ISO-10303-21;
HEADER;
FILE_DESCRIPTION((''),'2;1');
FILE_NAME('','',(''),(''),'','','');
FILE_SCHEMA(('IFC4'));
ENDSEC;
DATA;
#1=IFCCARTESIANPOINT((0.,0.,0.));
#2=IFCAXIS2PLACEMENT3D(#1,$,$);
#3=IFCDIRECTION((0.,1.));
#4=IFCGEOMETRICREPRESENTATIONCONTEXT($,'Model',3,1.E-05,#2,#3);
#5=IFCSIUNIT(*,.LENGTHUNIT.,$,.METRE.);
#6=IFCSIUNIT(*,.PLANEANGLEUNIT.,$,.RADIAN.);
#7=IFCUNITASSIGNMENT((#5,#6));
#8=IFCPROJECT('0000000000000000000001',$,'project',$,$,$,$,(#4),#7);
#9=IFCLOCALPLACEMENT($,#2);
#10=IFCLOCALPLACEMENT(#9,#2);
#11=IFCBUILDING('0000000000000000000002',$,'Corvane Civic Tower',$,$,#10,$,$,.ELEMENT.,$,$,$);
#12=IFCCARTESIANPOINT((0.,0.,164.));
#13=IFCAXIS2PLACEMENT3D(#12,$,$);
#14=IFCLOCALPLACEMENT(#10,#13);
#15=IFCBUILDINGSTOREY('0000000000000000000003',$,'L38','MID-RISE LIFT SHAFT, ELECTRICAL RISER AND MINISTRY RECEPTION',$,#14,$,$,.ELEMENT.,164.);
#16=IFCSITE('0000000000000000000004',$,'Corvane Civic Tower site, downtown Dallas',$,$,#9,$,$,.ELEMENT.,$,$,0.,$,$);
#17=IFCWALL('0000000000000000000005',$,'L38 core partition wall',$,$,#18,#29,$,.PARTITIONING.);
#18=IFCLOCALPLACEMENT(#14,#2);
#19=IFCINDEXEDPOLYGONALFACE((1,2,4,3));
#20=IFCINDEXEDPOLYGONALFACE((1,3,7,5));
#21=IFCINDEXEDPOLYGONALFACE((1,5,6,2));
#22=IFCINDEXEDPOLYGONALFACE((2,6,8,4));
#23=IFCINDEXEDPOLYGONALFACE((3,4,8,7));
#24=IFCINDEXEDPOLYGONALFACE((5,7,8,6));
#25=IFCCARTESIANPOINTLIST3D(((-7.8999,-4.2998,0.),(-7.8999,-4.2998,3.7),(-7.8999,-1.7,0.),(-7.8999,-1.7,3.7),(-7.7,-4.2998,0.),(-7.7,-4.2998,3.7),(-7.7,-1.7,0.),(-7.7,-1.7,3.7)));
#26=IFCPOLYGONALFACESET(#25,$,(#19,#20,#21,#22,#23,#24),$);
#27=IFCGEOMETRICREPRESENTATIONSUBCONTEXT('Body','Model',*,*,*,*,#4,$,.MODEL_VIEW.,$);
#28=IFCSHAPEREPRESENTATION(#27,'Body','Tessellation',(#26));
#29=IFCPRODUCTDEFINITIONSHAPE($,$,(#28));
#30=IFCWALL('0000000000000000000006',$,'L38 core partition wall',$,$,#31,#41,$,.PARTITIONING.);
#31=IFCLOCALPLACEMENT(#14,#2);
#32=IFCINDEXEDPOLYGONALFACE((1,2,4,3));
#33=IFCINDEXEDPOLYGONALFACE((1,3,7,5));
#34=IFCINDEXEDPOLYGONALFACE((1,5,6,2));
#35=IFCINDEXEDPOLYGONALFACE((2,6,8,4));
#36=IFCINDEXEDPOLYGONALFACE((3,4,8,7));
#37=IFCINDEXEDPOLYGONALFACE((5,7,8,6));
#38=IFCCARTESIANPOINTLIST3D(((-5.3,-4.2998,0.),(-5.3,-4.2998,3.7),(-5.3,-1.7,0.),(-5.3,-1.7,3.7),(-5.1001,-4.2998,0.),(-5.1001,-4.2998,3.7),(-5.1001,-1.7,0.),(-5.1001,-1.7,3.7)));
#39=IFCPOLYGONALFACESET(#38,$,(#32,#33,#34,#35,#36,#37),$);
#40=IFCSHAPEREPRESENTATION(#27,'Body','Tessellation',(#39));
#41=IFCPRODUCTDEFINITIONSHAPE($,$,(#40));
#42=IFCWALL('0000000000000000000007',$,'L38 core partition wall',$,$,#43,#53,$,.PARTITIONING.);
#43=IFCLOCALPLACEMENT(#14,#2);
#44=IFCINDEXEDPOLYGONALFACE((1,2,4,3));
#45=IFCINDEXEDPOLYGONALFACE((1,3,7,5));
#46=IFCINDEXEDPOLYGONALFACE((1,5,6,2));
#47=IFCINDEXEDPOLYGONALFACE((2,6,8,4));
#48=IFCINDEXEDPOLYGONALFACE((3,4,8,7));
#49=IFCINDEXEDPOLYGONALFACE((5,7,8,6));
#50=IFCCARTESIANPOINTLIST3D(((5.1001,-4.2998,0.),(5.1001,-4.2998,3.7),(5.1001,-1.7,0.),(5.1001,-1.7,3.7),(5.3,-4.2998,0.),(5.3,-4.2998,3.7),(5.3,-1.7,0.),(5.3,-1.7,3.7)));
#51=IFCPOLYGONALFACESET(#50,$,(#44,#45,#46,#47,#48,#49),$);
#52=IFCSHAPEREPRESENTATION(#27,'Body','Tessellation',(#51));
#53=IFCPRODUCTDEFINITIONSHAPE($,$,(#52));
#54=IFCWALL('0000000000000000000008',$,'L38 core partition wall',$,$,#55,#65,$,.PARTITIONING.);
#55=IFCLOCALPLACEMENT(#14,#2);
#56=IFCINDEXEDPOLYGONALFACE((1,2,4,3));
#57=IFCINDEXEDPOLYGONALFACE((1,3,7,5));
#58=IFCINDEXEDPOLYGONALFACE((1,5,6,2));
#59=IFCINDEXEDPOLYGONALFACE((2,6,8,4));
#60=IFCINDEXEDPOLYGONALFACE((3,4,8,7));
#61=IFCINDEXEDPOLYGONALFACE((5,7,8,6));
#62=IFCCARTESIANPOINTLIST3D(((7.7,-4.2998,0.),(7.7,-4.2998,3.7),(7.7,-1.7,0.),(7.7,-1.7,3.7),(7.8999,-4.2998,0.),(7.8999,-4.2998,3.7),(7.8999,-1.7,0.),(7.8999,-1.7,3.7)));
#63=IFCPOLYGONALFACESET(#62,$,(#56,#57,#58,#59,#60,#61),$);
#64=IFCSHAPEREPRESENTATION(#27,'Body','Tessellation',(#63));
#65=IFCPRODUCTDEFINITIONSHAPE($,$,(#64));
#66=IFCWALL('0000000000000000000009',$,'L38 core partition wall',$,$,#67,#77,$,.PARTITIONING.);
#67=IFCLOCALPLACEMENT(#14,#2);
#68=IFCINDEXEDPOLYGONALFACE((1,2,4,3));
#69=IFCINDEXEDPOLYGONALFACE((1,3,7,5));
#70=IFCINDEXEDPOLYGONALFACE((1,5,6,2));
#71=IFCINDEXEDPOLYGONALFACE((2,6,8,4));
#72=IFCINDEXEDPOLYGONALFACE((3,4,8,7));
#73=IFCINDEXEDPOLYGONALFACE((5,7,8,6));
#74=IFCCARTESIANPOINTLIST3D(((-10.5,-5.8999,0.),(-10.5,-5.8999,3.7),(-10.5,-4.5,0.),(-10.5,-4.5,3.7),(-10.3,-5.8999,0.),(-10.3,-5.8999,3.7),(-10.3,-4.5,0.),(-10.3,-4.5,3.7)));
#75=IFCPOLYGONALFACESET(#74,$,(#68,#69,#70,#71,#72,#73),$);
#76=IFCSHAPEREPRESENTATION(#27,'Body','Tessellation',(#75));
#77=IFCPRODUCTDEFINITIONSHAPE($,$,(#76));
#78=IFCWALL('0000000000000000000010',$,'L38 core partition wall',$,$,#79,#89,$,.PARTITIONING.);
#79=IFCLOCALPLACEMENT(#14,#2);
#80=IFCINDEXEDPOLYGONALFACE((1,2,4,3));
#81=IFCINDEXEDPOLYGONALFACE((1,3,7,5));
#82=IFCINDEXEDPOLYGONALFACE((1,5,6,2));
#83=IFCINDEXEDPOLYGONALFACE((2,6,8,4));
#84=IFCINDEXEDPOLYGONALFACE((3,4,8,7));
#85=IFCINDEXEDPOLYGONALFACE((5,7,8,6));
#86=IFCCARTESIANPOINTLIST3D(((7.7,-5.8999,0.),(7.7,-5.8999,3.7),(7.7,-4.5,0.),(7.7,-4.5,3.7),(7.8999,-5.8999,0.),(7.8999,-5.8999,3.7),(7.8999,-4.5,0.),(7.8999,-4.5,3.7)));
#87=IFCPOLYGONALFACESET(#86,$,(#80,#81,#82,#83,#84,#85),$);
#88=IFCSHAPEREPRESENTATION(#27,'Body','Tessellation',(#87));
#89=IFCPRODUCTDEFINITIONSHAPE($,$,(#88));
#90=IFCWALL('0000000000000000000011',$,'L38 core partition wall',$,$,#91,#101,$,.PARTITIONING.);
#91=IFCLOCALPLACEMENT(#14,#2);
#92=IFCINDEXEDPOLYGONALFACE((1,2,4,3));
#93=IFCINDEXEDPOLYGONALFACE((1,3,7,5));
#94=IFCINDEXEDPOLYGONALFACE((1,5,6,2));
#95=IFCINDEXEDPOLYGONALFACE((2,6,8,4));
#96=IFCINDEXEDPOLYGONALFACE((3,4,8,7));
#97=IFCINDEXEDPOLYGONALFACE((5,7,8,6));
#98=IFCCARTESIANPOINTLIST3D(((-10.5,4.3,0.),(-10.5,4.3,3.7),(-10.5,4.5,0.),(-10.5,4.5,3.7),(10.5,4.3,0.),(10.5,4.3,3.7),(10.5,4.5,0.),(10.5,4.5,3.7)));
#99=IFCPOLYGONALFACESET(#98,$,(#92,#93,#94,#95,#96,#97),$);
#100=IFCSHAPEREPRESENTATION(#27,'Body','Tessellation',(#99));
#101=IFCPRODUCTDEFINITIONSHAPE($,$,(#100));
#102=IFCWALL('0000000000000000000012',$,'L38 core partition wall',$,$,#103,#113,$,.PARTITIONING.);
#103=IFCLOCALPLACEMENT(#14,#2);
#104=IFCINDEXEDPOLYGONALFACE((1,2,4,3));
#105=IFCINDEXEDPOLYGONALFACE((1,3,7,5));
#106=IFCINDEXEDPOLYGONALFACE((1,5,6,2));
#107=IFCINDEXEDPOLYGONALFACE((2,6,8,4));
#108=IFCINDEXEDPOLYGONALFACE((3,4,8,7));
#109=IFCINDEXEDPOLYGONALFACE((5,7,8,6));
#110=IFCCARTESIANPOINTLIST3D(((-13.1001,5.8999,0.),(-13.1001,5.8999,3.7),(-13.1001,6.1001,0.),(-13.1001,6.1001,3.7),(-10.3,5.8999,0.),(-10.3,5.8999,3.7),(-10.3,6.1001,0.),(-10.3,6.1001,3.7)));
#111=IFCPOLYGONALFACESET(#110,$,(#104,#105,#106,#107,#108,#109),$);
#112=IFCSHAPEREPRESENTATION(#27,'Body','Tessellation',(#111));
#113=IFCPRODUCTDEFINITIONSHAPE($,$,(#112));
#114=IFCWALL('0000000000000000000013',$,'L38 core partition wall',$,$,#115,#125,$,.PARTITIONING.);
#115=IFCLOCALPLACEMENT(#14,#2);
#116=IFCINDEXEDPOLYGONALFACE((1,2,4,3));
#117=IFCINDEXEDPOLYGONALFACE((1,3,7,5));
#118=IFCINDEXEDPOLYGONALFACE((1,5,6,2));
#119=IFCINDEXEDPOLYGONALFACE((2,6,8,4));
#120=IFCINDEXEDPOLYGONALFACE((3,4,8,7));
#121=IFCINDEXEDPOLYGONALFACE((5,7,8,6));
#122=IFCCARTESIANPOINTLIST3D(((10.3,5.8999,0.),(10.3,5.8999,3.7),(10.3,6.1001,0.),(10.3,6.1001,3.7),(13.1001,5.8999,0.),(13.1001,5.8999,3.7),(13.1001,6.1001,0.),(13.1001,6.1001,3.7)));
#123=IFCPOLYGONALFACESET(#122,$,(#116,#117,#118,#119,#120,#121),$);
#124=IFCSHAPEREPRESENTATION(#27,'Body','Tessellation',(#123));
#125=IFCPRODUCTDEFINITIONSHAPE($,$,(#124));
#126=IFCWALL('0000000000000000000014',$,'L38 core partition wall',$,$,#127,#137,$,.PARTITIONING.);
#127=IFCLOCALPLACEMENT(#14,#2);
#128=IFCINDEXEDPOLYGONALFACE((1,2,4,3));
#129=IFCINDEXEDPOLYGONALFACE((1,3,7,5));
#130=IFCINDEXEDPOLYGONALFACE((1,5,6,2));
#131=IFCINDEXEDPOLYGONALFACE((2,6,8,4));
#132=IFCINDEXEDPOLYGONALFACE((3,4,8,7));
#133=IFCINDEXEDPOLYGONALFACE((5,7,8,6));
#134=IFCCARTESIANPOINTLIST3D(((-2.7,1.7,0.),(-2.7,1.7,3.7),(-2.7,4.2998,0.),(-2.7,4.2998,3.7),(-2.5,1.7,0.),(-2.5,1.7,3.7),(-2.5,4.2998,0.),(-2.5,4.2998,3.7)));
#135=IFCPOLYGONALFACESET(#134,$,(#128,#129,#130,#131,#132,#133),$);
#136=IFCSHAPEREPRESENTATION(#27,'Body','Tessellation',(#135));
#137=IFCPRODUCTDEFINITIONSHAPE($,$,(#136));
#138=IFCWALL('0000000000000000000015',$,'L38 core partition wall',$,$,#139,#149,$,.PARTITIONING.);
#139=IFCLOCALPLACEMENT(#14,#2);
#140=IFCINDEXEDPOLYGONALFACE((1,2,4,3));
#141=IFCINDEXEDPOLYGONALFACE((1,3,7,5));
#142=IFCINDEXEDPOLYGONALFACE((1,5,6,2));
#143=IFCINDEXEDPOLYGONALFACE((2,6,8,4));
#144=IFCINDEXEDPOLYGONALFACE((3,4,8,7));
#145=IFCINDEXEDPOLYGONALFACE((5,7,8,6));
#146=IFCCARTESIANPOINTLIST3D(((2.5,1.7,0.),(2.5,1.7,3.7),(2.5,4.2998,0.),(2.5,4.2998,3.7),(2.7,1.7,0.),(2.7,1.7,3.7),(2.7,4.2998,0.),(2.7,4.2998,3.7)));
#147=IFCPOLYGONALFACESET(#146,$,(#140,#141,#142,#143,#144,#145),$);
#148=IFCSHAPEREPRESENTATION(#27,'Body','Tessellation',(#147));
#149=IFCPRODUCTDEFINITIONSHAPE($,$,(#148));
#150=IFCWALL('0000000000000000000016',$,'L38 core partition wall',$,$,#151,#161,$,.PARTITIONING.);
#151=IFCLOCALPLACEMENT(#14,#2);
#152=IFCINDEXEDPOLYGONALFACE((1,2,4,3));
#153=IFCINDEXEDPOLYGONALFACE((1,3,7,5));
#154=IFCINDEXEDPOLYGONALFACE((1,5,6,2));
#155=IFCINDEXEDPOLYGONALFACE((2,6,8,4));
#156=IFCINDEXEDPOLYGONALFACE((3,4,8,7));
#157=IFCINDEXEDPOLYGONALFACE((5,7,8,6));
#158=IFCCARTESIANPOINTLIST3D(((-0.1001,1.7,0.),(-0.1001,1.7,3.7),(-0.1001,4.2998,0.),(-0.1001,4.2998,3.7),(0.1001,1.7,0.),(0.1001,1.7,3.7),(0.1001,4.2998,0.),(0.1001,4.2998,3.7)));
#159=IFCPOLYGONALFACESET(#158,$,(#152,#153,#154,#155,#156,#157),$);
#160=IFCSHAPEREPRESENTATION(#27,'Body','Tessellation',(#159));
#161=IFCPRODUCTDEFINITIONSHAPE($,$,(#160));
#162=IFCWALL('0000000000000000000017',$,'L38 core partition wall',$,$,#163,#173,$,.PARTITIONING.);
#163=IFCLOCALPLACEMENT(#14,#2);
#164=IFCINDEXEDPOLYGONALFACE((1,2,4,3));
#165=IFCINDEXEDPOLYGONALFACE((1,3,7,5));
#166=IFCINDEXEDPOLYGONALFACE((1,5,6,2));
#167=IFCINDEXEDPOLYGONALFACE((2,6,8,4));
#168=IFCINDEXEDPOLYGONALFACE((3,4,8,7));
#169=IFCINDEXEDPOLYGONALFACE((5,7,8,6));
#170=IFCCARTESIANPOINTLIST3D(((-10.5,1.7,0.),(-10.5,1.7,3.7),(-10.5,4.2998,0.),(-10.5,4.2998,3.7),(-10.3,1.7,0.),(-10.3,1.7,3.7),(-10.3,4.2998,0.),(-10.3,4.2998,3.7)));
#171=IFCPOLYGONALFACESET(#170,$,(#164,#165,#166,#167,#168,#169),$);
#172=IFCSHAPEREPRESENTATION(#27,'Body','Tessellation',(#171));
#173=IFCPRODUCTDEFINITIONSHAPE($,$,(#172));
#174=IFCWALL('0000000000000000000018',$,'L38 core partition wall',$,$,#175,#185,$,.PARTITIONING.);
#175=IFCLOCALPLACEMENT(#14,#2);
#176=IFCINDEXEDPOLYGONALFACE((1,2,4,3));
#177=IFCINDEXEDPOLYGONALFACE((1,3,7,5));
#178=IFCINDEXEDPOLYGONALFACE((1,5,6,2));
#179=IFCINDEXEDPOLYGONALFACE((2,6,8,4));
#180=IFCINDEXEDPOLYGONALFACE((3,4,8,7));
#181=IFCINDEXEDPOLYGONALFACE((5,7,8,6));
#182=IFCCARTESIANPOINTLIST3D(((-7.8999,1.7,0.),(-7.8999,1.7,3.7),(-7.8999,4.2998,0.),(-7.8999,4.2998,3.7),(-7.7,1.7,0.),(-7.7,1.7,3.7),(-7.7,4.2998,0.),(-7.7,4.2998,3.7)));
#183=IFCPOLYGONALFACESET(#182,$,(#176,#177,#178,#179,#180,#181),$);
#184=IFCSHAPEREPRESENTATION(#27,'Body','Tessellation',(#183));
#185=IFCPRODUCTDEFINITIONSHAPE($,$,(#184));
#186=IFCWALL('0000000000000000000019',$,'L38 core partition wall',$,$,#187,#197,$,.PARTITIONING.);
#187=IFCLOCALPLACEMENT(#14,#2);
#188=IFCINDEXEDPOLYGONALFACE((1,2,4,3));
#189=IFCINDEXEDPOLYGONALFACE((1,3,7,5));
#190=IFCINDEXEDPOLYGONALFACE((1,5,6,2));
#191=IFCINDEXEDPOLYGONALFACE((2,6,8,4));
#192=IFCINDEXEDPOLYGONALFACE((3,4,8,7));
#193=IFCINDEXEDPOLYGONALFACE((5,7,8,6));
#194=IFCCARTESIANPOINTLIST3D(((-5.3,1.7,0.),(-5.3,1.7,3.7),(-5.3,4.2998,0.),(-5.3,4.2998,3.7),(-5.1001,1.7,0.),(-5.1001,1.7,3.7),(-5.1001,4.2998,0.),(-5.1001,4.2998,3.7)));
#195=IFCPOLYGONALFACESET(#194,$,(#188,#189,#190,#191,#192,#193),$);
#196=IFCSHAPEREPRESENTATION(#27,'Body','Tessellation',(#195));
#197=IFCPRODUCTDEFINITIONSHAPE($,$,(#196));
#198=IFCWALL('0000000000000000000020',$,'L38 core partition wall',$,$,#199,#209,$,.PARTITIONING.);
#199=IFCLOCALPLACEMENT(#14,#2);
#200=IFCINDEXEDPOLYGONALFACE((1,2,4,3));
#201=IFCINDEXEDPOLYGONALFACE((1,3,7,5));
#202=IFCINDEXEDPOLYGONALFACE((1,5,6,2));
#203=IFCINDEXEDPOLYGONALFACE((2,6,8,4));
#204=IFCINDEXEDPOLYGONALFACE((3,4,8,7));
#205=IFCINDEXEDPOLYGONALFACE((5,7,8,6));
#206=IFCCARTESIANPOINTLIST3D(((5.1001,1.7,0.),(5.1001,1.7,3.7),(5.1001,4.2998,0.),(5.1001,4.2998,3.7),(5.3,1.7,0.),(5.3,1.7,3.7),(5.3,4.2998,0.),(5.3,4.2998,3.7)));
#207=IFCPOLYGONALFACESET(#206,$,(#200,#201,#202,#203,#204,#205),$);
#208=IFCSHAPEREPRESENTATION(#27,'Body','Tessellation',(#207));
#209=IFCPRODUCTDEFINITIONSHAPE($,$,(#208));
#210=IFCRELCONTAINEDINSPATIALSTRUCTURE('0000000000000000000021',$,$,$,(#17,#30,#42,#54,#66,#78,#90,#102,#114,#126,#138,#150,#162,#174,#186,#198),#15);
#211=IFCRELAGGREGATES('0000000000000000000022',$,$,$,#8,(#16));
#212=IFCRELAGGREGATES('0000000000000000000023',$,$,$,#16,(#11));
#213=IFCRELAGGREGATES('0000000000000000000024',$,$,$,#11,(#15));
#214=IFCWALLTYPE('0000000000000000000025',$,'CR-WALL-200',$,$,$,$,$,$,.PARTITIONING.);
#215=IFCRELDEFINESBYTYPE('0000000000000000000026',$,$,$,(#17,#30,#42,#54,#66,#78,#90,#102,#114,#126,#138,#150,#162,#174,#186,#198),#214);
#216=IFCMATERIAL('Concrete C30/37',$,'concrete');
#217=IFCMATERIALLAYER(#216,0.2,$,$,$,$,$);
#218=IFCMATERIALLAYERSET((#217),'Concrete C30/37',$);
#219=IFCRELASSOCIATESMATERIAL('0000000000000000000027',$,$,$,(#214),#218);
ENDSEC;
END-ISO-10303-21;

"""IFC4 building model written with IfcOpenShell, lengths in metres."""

from ifc_helpers import new_model, si_unit, direction, frame, origin, place, context, subcontext, project, spatial, polyline, outline, extrude, material, layer, layer_set, type_object, element, save


model = new_model("IFC4")

# Units and contexts
model_context = context("Model", 3, precision=1e-05, world=origin(), true_north=direction((0.0, 1.0)))
body_context = subcontext(model_context, "Body", "Model", "MODEL_VIEW")
ifc_project = project(units=[si_unit("LENGTHUNIT", "METRE"), si_unit("PLANEANGLEUNIT", "RADIAN")], contexts=[model_context])

# Site, building, storey
site_placement = place(None, origin())
site = spatial("IfcSite", under=ifc_project, at=site_placement, Name="Corvane Civic Tower site, downtown Dallas", CompositionType="ELEMENT", RefElevation=0.0)
building_placement = place(site_placement, origin())
building = spatial("IfcBuilding", under=site, at=building_placement, Name="Corvane Civic Tower", CompositionType="ELEMENT")
storey_placement = place(building_placement, frame((0.0, 0.0, 164.0)))
storey = spatial("IfcBuildingStorey", under=building, at=storey_placement, Name="L38", Description="MID-RISE LIFT SHAFT, ELECTRICAL RISER AND MINISTRY RECEPTION", CompositionType="ELEMENT", Elevation=164.0)

# Walls
ifc_material = material(Name="Concrete C30/37", Category="concrete")
ifc_layer = layer(ifc_material, 0.2)
ifc_layer_set = layer_set([ifc_layer], Name="Concrete C30/37")
wall_type = type_object("IfcWallType", Name="CR-WALL-200", PredefinedType="PARTITIONING", material=ifc_layer_set)
wall_1_placement = place(storey_placement, origin())
element("IfcWall", 1, at=wall_1_placement, inside=storey, type_object=wall_type, Name="L38 core partition wall", PredefinedType="PARTITIONING", context=body_context, shape_type="SweptSolid", body=[
    extrude(outline(polyline([(-7.7, -1.7), (-7.7, -4.2998), (-7.8999, -4.2998), (-7.8999, -1.7), (-7.7, -1.7)])), origin(), (0.0, 0.0, 1.0), 3.7),
])
wall_2_placement = place(storey_placement, origin())
element("IfcWall", 2, at=wall_2_placement, inside=storey, type_object=wall_type, Name="L38 core partition wall", PredefinedType="PARTITIONING", context=body_context, shape_type="SweptSolid", body=[
    extrude(outline(polyline([(-5.1001, -1.7), (-5.1001, -4.2998), (-5.3, -4.2998), (-5.3, -1.7), (-5.1001, -1.7)])), origin(), (0.0, 0.0, 1.0), 3.7),
])
wall_3_placement = place(storey_placement, origin())
element("IfcWall", 3, at=wall_3_placement, inside=storey, type_object=wall_type, Name="L38 core partition wall", PredefinedType="PARTITIONING", context=body_context, shape_type="SweptSolid", body=[
    extrude(outline(polyline([(5.3, -1.7), (5.3, -4.2998), (5.1001, -4.2998), (5.1001, -1.7), (5.3, -1.7)])), origin(), (0.0, 0.0, 1.0), 3.7),
])
wall_4_placement = place(storey_placement, origin())
element("IfcWall", 4, at=wall_4_placement, inside=storey, type_object=wall_type, Name="L38 core partition wall", PredefinedType="PARTITIONING", context=body_context, shape_type="SweptSolid", body=[
    extrude(outline(polyline([(7.8999, -1.7), (7.8999, -4.2998), (7.7, -4.2998), (7.7, -1.7), (7.8999, -1.7)])), origin(), (0.0, 0.0, 1.0), 3.7),
])
wall_5_placement = place(storey_placement, origin())
element("IfcWall", 5, at=wall_5_placement, inside=storey, type_object=wall_type, Name="L38 core partition wall", PredefinedType="PARTITIONING", context=body_context, shape_type="SweptSolid", body=[
    extrude(outline(polyline([(-10.3, -5.8999), (-10.5, -5.8999), (-10.5, -4.5), (-10.3, -4.5), (-10.3, -5.8999)])), origin(), (0.0, 0.0, 1.0), 3.7),
])
wall_6_placement = place(storey_placement, origin())
element("IfcWall", 6, at=wall_6_placement, inside=storey, type_object=wall_type, Name="L38 core partition wall", PredefinedType="PARTITIONING", context=body_context, shape_type="SweptSolid", body=[
    extrude(outline(polyline([(7.8999, -5.8999), (7.7, -5.8999), (7.7, -4.5), (7.8999, -4.5), (7.8999, -5.8999)])), origin(), (0.0, 0.0, 1.0), 3.7),
])
wall_7_placement = place(storey_placement, origin())
element("IfcWall", 7, at=wall_7_placement, inside=storey, type_object=wall_type, Name="L38 core partition wall", PredefinedType="PARTITIONING", context=body_context, shape_type="SweptSolid", body=[
    extrude(outline(polyline([(10.5, 4.5), (10.5, 4.3), (-10.5, 4.3), (-10.5, 4.5), (10.5, 4.5)])), origin(), (0.0, 0.0, 1.0), 3.7),
])
wall_8_placement = place(storey_placement, origin())
element("IfcWall", 8, at=wall_8_placement, inside=storey, type_object=wall_type, Name="L38 core partition wall", PredefinedType="PARTITIONING", context=body_context, shape_type="SweptSolid", body=[
    extrude(outline(polyline([(-10.3, 5.8999), (-13.1001, 5.8999), (-13.1001, 6.1001), (-10.3, 6.1001), (-10.3, 5.8999)])), origin(), (0.0, 0.0, 1.0), 3.7),
])
wall_9_placement = place(storey_placement, origin())
element("IfcWall", 9, at=wall_9_placement, inside=storey, type_object=wall_type, Name="L38 core partition wall", PredefinedType="PARTITIONING", context=body_context, shape_type="SweptSolid", body=[
    extrude(outline(polyline([(13.1001, 5.8999), (10.3, 5.8999), (10.3, 6.1001), (13.1001, 6.1001), (13.1001, 5.8999)])), origin(), (0.0, 0.0, 1.0), 3.7),
])
wall_10_placement = place(storey_placement, origin())
element("IfcWall", 10, at=wall_10_placement, inside=storey, type_object=wall_type, Name="L38 core partition wall", PredefinedType="PARTITIONING", context=body_context, shape_type="SweptSolid", body=[
    extrude(outline(polyline([(-2.5, 1.7), (-2.7, 1.7), (-2.7, 4.2998), (-2.5, 4.2998), (-2.5, 1.7)])), origin(), (0.0, 0.0, 1.0), 3.7),
])
wall_11_placement = place(storey_placement, origin())
element("IfcWall", 11, at=wall_11_placement, inside=storey, type_object=wall_type, Name="L38 core partition wall", PredefinedType="PARTITIONING", context=body_context, shape_type="SweptSolid", body=[
    extrude(outline(polyline([(2.7, 1.7), (2.5, 1.7), (2.5, 4.2998), (2.7, 4.2998), (2.7, 1.7)])), origin(), (0.0, 0.0, 1.0), 3.7),
])
wall_12_placement = place(storey_placement, origin())
element("IfcWall", 12, at=wall_12_placement, inside=storey, type_object=wall_type, Name="L38 core partition wall", PredefinedType="PARTITIONING", context=body_context, shape_type="SweptSolid", body=[
    extrude(outline(polyline([(0.1001, 1.7), (-0.1001, 1.7), (-0.1001, 4.2998), (0.1001, 4.2998), (0.1001, 1.7)])), origin(), (0.0, 0.0, 1.0), 3.7),
])
wall_13_placement = place(storey_placement, origin())
element("IfcWall", 13, at=wall_13_placement, inside=storey, type_object=wall_type, Name="L38 core partition wall", PredefinedType="PARTITIONING", context=body_context, shape_type="SweptSolid", body=[
    extrude(outline(polyline([(-10.3, 1.7), (-10.5, 1.7), (-10.5, 4.2998), (-10.3, 4.2998), (-10.3, 1.7)])), origin(), (0.0, 0.0, 1.0), 3.7),
])
wall_14_placement = place(storey_placement, origin())
element("IfcWall", 14, at=wall_14_placement, inside=storey, type_object=wall_type, Name="L38 core partition wall", PredefinedType="PARTITIONING", context=body_context, shape_type="SweptSolid", body=[
    extrude(outline(polyline([(-7.7, 1.7), (-7.8999, 1.7), (-7.8999, 4.2998), (-7.7, 4.2998), (-7.7, 1.7)])), origin(), (0.0, 0.0, 1.0), 3.7),
])
wall_15_placement = place(storey_placement, origin())
element("IfcWall", 15, at=wall_15_placement, inside=storey, type_object=wall_type, Name="L38 core partition wall", PredefinedType="PARTITIONING", context=body_context, shape_type="SweptSolid", body=[
    extrude(outline(polyline([(-5.1001, 1.7), (-5.3, 1.7), (-5.3, 4.2998), (-5.1001, 4.2998), (-5.1001, 1.7)])), origin(), (0.0, 0.0, 1.0), 3.7),
])
wall_16_placement = place(storey_placement, origin())
element("IfcWall", 16, at=wall_16_placement, inside=storey, type_object=wall_type, Name="L38 core partition wall", PredefinedType="PARTITIONING", context=body_context, shape_type="SweptSolid", body=[
    extrude(outline(polyline([(5.3, 1.7), (5.1001, 1.7), (5.1001, 4.2998), (5.3, 4.2998), (5.3, 1.7)])), origin(), (0.0, 0.0, 1.0), 3.7),
])

save(model, "model.ifc")
